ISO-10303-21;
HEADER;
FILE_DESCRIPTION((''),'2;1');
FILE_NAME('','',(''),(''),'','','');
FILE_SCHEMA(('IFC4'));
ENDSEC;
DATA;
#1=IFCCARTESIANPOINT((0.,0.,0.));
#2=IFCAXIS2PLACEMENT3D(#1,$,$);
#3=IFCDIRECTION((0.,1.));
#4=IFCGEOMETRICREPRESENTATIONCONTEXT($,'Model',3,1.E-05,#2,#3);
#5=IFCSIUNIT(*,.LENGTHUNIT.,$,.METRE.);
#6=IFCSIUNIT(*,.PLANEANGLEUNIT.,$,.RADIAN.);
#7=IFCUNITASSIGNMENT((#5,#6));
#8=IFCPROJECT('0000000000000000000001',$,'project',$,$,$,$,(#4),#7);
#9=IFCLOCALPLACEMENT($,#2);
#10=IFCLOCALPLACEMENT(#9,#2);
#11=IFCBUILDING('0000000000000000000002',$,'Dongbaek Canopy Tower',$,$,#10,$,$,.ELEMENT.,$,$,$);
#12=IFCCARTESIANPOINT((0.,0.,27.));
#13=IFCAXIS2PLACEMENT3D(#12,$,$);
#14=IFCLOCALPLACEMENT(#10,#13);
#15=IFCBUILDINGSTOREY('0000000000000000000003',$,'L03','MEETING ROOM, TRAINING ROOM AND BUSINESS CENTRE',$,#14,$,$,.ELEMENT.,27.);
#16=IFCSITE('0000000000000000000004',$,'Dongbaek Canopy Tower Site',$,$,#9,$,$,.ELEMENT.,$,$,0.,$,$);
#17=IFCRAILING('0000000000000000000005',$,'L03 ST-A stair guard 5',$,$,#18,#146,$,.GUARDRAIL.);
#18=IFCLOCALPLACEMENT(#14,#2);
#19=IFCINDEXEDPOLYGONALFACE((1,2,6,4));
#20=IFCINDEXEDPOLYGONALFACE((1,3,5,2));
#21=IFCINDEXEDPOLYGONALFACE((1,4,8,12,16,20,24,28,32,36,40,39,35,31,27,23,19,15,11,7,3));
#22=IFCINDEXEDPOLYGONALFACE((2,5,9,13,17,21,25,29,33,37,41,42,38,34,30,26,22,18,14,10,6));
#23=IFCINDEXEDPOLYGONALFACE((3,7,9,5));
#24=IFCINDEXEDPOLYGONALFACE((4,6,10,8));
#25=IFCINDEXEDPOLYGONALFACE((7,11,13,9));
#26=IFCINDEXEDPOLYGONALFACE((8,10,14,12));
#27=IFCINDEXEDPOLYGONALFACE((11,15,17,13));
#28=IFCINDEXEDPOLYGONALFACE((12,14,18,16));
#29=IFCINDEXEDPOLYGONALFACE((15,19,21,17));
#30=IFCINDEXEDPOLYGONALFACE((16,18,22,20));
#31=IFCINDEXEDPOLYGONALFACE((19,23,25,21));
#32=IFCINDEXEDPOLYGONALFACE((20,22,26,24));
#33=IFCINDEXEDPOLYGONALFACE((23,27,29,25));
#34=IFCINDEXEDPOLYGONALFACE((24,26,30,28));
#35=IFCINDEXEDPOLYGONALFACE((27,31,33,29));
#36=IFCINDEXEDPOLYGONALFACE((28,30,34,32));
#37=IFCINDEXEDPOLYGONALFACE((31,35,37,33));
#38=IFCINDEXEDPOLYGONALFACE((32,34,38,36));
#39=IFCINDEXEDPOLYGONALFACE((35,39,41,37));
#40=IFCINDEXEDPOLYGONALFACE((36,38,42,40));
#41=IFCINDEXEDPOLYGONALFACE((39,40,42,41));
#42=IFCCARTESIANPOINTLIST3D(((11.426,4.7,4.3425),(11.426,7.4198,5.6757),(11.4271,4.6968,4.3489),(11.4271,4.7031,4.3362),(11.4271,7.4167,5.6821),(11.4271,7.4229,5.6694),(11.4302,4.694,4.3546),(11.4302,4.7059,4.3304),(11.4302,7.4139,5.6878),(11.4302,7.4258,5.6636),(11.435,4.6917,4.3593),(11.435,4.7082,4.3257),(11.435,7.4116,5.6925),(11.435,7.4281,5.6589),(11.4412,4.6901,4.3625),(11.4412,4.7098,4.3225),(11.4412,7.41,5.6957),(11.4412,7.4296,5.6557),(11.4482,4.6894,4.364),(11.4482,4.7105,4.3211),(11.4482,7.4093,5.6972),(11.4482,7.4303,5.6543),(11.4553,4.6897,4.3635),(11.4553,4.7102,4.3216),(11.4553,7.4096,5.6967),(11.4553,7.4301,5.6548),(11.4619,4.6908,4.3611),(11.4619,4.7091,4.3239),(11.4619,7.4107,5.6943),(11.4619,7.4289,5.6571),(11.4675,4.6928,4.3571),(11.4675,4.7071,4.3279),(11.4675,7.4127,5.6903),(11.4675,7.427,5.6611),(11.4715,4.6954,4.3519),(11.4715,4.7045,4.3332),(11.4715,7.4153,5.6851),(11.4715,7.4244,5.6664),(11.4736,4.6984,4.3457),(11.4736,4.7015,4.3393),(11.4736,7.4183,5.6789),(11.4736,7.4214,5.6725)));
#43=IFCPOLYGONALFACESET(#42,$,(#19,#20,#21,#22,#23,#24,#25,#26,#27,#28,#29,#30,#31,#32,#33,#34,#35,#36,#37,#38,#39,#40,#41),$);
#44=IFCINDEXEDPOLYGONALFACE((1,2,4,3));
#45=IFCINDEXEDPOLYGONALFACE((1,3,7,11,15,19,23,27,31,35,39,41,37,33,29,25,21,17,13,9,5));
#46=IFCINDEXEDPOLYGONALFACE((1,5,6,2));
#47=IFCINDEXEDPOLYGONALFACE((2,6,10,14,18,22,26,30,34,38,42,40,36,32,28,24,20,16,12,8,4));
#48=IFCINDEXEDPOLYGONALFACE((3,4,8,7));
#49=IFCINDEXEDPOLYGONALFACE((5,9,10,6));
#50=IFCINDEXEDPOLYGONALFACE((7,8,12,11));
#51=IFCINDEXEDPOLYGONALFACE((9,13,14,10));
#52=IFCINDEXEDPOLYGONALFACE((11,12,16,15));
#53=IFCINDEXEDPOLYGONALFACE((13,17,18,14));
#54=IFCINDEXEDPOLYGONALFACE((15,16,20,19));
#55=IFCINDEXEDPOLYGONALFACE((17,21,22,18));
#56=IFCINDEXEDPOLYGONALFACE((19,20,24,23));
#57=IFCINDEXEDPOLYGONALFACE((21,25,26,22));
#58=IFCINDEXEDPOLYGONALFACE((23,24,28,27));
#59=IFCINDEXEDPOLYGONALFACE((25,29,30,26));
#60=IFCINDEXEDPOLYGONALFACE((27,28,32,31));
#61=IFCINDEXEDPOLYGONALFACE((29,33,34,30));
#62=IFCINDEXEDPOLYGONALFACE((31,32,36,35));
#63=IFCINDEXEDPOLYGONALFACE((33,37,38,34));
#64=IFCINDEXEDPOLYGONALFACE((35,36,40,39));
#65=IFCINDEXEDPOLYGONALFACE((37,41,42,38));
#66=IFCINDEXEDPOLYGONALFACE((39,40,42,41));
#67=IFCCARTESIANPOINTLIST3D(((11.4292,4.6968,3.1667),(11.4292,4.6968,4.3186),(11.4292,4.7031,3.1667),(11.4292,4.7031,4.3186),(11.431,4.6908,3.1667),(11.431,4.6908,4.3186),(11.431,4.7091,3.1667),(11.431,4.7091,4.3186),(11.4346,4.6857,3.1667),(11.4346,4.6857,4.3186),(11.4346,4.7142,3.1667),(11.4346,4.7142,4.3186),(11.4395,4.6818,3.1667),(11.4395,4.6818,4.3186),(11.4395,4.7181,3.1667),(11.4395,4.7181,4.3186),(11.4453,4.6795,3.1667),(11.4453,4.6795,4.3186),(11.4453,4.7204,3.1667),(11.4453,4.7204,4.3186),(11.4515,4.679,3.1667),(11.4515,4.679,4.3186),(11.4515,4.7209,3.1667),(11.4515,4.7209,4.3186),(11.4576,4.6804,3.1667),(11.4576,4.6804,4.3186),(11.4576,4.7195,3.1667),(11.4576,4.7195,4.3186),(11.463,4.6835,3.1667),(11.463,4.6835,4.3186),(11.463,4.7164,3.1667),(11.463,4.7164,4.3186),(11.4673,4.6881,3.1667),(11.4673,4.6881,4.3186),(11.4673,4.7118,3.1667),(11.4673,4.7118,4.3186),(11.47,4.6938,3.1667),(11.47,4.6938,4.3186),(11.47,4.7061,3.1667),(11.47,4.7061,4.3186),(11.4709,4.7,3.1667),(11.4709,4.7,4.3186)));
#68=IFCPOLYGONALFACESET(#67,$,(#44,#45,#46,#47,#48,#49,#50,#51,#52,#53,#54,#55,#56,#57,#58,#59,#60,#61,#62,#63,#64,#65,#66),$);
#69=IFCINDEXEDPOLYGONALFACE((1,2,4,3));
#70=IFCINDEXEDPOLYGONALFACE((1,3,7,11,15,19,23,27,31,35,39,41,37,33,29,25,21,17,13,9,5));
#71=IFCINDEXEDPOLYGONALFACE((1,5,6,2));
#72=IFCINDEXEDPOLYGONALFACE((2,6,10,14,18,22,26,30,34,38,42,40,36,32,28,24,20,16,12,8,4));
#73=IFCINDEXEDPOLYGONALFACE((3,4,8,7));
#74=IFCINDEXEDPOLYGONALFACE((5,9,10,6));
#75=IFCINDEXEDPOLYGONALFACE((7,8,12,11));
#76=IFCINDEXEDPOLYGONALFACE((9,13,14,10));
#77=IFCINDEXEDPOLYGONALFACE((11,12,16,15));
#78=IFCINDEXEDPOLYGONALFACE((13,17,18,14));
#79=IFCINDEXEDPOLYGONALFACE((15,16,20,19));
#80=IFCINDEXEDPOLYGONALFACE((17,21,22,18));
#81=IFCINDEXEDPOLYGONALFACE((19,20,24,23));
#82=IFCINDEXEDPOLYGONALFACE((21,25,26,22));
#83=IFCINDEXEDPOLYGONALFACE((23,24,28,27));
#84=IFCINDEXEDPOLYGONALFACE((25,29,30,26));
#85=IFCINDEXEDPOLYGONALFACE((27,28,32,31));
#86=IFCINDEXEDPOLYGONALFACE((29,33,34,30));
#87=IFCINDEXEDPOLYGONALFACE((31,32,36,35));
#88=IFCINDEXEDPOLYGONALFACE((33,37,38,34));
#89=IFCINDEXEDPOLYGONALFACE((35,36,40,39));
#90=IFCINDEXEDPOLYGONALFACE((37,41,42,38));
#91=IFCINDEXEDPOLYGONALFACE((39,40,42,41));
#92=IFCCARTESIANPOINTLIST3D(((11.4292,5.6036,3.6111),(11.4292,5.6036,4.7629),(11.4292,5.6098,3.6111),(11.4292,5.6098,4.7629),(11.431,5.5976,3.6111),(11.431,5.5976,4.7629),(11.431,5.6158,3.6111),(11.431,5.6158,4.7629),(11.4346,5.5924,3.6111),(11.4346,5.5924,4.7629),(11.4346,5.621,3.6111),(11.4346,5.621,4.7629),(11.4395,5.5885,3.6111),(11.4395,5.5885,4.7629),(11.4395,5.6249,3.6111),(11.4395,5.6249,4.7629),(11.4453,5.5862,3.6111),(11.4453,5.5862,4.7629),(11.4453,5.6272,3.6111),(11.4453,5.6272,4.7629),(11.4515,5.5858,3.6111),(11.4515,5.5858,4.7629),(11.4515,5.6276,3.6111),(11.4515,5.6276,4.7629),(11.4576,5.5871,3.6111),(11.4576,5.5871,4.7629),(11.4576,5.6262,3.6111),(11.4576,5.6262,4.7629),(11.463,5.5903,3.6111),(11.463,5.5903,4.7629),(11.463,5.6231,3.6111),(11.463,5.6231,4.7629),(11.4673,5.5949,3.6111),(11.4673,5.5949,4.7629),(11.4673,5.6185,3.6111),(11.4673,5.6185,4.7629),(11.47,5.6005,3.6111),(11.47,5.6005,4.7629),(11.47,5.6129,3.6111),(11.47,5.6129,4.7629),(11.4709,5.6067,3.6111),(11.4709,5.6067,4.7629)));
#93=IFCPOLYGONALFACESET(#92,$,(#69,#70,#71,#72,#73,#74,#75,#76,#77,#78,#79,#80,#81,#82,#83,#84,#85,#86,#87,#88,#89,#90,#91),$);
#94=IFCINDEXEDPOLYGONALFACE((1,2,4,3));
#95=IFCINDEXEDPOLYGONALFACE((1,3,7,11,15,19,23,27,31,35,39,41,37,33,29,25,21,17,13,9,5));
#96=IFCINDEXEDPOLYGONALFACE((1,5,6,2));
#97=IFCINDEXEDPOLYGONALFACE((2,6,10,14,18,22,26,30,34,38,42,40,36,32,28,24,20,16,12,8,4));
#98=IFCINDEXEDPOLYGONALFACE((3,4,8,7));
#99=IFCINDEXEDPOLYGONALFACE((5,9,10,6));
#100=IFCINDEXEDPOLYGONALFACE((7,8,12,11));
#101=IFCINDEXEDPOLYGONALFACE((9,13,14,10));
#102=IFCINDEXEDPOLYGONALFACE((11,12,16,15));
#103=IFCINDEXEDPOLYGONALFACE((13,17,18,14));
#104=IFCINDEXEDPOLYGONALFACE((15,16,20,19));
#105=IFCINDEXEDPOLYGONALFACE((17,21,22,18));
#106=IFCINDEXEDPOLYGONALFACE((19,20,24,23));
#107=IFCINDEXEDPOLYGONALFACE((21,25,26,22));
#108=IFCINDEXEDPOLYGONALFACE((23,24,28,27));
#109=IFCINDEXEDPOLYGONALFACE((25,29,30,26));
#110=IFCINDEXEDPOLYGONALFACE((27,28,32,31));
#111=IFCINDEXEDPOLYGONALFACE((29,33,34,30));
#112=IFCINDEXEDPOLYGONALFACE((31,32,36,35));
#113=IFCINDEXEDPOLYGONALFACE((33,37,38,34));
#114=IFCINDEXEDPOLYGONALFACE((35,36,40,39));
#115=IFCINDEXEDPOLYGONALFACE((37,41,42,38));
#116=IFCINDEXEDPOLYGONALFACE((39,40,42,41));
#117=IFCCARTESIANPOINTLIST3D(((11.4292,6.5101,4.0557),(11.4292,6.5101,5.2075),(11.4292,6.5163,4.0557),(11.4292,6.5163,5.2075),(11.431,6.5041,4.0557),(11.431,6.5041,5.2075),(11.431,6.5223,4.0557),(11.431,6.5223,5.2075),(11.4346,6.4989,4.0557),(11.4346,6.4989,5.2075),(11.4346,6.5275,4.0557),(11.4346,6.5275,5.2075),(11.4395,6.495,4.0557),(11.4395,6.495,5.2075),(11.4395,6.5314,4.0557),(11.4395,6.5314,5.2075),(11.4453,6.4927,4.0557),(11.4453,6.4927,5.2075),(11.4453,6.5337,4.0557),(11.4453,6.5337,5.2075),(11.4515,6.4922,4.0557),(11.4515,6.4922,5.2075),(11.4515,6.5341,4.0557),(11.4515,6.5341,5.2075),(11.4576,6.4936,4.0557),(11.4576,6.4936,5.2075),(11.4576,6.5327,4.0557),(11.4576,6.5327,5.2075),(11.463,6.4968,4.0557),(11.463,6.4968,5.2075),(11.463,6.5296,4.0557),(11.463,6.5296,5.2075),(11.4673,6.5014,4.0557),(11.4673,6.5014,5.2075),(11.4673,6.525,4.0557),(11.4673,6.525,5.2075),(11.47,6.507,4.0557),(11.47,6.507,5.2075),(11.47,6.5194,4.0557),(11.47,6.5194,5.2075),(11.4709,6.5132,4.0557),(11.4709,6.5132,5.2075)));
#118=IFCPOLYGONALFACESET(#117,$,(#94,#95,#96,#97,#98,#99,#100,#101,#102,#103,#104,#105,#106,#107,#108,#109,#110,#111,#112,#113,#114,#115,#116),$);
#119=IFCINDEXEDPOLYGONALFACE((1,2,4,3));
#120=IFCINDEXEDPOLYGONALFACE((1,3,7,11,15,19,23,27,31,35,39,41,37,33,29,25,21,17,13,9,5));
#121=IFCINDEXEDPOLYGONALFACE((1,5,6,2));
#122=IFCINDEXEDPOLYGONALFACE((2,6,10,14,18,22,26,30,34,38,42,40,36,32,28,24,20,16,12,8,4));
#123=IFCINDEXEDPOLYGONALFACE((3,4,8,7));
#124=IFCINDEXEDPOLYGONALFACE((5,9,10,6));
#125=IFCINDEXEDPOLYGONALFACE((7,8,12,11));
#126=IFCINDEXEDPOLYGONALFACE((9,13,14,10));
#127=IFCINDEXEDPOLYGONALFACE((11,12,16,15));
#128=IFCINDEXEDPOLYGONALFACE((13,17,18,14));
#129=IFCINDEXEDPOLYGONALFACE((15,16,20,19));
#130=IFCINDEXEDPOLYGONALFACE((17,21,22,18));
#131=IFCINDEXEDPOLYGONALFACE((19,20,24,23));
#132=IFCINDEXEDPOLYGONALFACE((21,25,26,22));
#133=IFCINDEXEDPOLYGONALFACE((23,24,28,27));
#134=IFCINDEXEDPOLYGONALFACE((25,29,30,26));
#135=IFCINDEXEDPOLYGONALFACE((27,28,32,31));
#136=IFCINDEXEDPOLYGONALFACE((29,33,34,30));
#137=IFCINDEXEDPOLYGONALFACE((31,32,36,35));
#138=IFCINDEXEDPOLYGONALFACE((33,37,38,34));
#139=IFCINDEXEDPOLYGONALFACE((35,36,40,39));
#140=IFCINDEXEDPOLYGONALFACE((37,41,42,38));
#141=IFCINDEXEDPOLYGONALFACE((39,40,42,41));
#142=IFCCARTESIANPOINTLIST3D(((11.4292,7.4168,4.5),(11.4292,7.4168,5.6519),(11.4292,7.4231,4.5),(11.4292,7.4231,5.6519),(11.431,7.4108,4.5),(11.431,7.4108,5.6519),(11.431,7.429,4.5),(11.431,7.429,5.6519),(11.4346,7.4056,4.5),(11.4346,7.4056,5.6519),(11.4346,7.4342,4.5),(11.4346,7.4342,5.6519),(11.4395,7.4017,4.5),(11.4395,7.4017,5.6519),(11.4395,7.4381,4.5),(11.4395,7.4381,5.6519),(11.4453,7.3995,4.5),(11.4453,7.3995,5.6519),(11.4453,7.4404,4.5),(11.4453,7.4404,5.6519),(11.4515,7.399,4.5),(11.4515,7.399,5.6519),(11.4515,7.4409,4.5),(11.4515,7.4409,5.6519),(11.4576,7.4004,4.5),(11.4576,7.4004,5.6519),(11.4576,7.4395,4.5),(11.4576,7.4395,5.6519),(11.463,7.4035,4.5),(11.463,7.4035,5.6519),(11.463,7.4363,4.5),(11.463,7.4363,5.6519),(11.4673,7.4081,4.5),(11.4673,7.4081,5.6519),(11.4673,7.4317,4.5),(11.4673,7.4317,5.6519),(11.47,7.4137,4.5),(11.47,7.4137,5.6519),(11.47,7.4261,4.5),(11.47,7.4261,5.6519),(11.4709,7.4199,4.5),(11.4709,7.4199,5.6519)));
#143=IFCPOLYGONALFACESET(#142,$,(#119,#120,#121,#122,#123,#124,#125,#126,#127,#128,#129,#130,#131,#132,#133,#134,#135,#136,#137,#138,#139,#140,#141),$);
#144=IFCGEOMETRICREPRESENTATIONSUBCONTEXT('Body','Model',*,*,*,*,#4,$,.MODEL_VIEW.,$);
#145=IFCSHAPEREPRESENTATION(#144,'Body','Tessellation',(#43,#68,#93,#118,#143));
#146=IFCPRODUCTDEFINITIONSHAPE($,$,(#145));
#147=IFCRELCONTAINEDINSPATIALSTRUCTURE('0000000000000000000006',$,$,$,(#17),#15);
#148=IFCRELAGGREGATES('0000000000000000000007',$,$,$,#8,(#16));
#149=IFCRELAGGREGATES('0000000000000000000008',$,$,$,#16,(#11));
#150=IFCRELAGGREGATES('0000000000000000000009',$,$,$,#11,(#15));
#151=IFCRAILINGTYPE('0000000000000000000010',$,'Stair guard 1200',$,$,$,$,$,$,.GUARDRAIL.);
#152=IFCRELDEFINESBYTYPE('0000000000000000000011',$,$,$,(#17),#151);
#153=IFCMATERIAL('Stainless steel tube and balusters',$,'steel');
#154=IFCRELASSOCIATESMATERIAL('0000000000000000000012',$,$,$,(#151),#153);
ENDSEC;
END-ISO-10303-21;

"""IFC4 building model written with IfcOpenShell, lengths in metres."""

from ifc_helpers import new_model, si_unit, direction, frame, origin, origin_2d, place, context, subcontext, project, spatial, circle, extrude, material, type_object, element, save


model = new_model("IFC4")

# Units and contexts
model_context = context("Model", 3, precision=1e-05, world=origin(), true_north=direction((0.0, 1.0)))
body_context = subcontext(model_context, "Body", "Model", "MODEL_VIEW")
ifc_project = project(units=[si_unit("LENGTHUNIT", "METRE"), si_unit("PLANEANGLEUNIT", "RADIAN")], contexts=[model_context])

# Site, building, storey
site_placement = place(None, origin())
site = spatial("IfcSite", under=ifc_project, at=site_placement, Name="Dongbaek Canopy Tower Site", CompositionType="ELEMENT", RefElevation=0.0)
building_placement = place(site_placement, origin())
building = spatial("IfcBuilding", under=site, at=building_placement, Name="Dongbaek Canopy Tower", CompositionType="ELEMENT")
storey_placement = place(building_placement, frame((0.0, 0.0, 27.0)))
storey = spatial("IfcBuildingStorey", under=building, at=storey_placement, Name="L03", Description="MEETING ROOM, TRAINING ROOM AND BUSINESS CENTRE", CompositionType="ELEMENT", Elevation=27.0)

# Railing
ifc_material_1 = material(Name="Stainless steel tube and balusters", Category="steel")
railing_type_1 = type_object("IfcRailingType", Name="Stair guard 1200", PredefinedType="GUARDRAIL", material=ifc_material_1)
railing_1_placement = place(storey_placement, frame((11.45, 4.7, 3.1667)))
element("IfcRailing", 1, at=railing_1_placement, inside=storey, type_object=railing_type_1, Name="L03 ST-A stair guard 5", PredefinedType="GUARDRAIL", context=body_context, shape_type="SweptSolid", body=[
    extrude(circle(Radius=0.0239, at=origin_2d()), frame((0.0, 0.0, 1.1758), z_axis=(0.0, 0.897929, 0.440139), x_axis=(-1.0, 0.0, 0.0)), (0.0, 0.0, 1.0), 3.0291),
    extrude(circle(Radius=0.021, at=origin_2d()), origin(), (0.0, 0.0, 1.0), 1.1519),
    extrude(circle(Radius=0.021, at=origin_2d()), frame((0.0, 0.9067, 0.4443)), (0.0, 0.0, 1.0), 1.1519),
    extrude(circle(Radius=0.021, at=origin_2d()), frame((0.0, 1.8132, 0.8889)), (0.0, 0.0, 1.0), 1.1519),
    extrude(circle(Radius=0.021, at=origin_2d()), frame((0.0, 2.72, 1.3333)), (0.0, 0.0, 1.0), 1.1519),
])

save(model, "model.ifc")
